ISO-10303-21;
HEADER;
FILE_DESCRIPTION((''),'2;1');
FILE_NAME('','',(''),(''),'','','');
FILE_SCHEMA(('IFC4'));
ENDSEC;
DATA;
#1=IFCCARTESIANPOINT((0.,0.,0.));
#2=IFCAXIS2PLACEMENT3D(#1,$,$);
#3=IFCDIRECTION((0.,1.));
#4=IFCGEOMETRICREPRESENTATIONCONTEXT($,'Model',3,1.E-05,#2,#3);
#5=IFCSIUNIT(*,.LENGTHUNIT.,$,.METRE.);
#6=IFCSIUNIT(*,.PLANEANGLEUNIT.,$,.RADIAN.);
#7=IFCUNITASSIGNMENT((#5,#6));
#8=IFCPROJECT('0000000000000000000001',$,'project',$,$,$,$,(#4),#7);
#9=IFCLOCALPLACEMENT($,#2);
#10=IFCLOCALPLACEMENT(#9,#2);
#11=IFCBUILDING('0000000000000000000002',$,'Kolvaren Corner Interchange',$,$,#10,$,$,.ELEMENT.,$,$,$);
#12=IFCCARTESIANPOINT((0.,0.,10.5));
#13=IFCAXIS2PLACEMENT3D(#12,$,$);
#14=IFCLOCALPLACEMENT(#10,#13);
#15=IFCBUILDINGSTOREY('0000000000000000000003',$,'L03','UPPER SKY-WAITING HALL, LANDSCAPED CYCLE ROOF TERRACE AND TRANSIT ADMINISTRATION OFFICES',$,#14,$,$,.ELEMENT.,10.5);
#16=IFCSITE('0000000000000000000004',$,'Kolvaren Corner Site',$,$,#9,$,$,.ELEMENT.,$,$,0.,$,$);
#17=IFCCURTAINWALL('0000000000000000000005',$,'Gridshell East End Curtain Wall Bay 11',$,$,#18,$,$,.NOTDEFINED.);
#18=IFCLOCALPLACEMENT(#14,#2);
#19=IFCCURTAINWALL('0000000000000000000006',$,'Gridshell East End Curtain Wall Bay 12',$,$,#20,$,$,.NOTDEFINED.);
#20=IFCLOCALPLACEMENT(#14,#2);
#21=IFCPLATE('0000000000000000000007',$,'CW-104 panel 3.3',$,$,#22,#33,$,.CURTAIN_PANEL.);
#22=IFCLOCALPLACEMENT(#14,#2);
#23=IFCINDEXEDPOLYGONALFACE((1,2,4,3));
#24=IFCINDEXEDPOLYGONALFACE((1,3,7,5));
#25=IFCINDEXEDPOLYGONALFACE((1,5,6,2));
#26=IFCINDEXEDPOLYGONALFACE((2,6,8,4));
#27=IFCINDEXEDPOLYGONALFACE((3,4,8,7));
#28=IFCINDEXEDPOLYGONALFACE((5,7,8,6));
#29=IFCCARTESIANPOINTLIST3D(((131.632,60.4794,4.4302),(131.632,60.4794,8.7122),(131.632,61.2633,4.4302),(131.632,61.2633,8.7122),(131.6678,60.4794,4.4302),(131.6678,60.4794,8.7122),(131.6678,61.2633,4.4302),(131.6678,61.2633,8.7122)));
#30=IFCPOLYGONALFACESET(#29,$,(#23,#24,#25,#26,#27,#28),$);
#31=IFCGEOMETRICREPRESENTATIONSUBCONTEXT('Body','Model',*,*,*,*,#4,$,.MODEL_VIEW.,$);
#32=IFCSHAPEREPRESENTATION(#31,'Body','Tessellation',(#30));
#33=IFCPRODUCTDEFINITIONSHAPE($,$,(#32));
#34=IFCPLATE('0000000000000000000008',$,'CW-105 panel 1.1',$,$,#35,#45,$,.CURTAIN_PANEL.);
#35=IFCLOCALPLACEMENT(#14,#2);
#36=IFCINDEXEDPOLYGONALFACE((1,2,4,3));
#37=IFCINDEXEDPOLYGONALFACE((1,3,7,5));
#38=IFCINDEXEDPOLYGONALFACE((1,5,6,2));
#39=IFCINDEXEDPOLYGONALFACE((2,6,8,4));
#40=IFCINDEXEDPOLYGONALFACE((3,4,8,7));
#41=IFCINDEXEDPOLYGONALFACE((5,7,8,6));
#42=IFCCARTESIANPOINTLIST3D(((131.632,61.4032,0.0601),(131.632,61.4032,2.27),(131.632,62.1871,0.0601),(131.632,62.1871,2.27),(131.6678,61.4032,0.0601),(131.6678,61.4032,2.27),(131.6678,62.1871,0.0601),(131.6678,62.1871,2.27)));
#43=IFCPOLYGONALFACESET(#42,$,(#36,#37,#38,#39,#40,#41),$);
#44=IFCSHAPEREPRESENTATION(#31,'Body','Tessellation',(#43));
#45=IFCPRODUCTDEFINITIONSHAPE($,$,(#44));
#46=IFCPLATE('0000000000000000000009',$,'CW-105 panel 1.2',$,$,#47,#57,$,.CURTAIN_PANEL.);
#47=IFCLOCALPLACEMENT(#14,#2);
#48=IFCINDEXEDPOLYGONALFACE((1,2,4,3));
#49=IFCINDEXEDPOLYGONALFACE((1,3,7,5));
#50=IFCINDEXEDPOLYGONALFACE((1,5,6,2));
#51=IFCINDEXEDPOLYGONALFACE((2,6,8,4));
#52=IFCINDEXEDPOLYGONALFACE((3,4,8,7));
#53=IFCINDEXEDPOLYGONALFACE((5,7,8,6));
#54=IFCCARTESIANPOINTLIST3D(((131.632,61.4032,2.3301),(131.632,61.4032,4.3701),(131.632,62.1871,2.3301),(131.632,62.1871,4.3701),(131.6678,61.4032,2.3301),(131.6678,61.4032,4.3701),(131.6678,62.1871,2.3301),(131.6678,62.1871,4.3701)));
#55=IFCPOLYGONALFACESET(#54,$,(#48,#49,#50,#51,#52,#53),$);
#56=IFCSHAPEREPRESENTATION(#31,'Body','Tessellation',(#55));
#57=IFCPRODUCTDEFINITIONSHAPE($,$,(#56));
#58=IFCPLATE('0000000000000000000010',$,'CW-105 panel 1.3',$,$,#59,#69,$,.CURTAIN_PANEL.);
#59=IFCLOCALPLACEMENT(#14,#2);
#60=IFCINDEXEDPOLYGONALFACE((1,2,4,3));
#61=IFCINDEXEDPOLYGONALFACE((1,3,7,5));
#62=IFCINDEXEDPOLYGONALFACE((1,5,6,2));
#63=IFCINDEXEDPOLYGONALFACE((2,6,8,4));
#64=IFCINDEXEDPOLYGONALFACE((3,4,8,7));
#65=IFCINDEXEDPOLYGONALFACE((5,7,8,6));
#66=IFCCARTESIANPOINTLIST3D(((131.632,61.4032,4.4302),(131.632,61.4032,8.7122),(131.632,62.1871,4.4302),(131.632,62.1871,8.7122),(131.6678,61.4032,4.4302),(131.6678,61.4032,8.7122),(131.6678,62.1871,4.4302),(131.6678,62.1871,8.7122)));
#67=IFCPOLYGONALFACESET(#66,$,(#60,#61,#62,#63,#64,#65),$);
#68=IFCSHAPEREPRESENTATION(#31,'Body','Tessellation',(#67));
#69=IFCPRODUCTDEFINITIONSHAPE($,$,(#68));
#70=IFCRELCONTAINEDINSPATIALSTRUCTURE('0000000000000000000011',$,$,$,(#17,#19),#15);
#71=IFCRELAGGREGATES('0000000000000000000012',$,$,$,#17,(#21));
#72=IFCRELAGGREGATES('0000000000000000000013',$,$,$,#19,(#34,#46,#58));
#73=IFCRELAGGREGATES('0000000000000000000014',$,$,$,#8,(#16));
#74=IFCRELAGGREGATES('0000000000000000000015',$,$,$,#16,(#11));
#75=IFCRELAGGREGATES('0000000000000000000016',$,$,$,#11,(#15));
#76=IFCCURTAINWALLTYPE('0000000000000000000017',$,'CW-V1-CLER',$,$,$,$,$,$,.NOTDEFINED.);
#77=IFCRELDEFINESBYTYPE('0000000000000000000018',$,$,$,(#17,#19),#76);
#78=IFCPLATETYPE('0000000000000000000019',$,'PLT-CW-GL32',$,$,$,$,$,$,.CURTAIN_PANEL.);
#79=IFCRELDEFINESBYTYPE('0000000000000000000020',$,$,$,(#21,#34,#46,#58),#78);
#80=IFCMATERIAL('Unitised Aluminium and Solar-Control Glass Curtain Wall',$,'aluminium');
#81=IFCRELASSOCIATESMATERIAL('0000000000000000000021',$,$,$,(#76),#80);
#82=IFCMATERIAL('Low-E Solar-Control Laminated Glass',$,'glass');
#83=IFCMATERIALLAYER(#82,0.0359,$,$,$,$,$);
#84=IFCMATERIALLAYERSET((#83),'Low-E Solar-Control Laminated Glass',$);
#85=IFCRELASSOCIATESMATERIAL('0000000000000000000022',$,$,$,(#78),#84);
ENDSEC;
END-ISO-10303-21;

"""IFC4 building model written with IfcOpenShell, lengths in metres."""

from ifc_helpers import new_model, si_unit, direction, frame, origin, origin_2d, place, context, subcontext, project, spatial, rectangle, extrude, material, layer, layer_set, type_object, element, aggregate, save


model = new_model("IFC4")

# Units and contexts
model_context = context("Model", 3, precision=1e-05, world=origin(), true_north=direction((0.0, 1.0)))
body_context = subcontext(model_context, "Body", "Model", "MODEL_VIEW")
ifc_project = project(units=[si_unit("LENGTHUNIT", "METRE"), si_unit("PLANEANGLEUNIT", "RADIAN")], contexts=[model_context])

# Site, building, storey
site_placement = place(None, origin())
site = spatial("IfcSite", under=ifc_project, at=site_placement, Name="Kolvaren Corner Site", CompositionType="ELEMENT", RefElevation=0.0)
building_placement = place(site_placement, origin())
building = spatial("IfcBuilding", under=site, at=building_placement, Name="Kolvaren Corner Interchange", CompositionType="ELEMENT")
storey_placement = place(building_placement, frame((0.0, 0.0, 10.5)))
storey = spatial("IfcBuildingStorey", under=building, at=storey_placement, Name="L03", Description="UPPER SKY-WAITING HALL, LANDSCAPED CYCLE ROOF TERRACE AND TRANSIT ADMINISTRATION OFFICES", CompositionType="ELEMENT", Elevation=10.5)

# Curtain walls
ifc_material_1 = material(Name="Unitised Aluminium and Solar-Control Glass Curtain Wall", Category="aluminium")
curtain_wall_type = type_object("IfcCurtainWallType", Name="CW-V1-CLER", PredefinedType="NOTDEFINED", material=ifc_material_1)
curtain_wall_1_placement = place(storey_placement, origin())
curtain_wall_1 = element("IfcCurtainWall", 1, at=curtain_wall_1_placement, inside=storey, type_object=curtain_wall_type, Name="Gridshell East End Curtain Wall Bay 11", PredefinedType="NOTDEFINED")
curtain_wall_2_placement = place(storey_placement, origin())
curtain_wall_2 = element("IfcCurtainWall", 2, at=curtain_wall_2_placement, inside=storey, type_object=curtain_wall_type, Name="Gridshell East End Curtain Wall Bay 12", PredefinedType="NOTDEFINED")

# Plates
ifc_material_2 = material(Name="Low-E Solar-Control Laminated Glass", Category="glass")
ifc_layer = layer(ifc_material_2, 0.0359)
ifc_layer_set = layer_set([ifc_layer], Name="Low-E Solar-Control Laminated Glass")
plate_type = type_object("IfcPlateType", Name="PLT-CW-GL32", PredefinedType="CURTAIN_PANEL", material=ifc_layer_set)
plate_1_placement = place(storey_placement, frame((131.6499, 60.8713, 4.4302), z_axis=(0.0, 0.0, 1.0), x_axis=(0.0, 1.0, 0.0)))
plate_1 = element("IfcPlate", 3, at=plate_1_placement, type_object=plate_type, Name="CW-104 panel 3.3", PredefinedType="CURTAIN_PANEL", context=body_context, shape_type="SweptSolid", body=[
    extrude(rectangle(XDim=0.7839, YDim=0.0359, at=origin_2d()), origin(), (0.0, 0.0, 1.0), 4.282),
])
aggregate(curtain_wall_1, [plate_1])
plate_2_placement = place(storey_placement, frame((131.6499, 61.7952, 0.0601), z_axis=(0.0, 0.0, 1.0), x_axis=(0.0, 1.0, 0.0)))
plate_2 = element("IfcPlate", 4, at=plate_2_placement, type_object=plate_type, Name="CW-105 panel 1.1", PredefinedType="CURTAIN_PANEL", context=body_context, shape_type="SweptSolid", body=[
    extrude(rectangle(XDim=0.7839, YDim=0.0359, at=origin_2d()), origin(), (0.0, 0.0, 1.0), 2.21),
])
plate_3_placement = place(storey_placement, frame((131.6499, 61.7952, 2.3301), z_axis=(0.0, 0.0, 1.0), x_axis=(0.0, 1.0, 0.0)))
plate_3 = element("IfcPlate", 5, at=plate_3_placement, type_object=plate_type, Name="CW-105 panel 1.2", PredefinedType="CURTAIN_PANEL", context=body_context, shape_type="SweptSolid", body=[
    extrude(rectangle(XDim=0.7839, YDim=0.0359, at=origin_2d()), origin(), (0.0, 0.0, 1.0), 2.04),
])
plate_4_placement = place(storey_placement, frame((131.6499, 61.7952, 4.4302), z_axis=(0.0, 0.0, 1.0), x_axis=(0.0, 1.0, 0.0)))
plate_4 = element("IfcPlate", 6, at=plate_4_placement, type_object=plate_type, Name="CW-105 panel 1.3", PredefinedType="CURTAIN_PANEL", context=body_context, shape_type="SweptSolid", body=[
    extrude(rectangle(XDim=0.7839, YDim=0.0359, at=origin_2d()), origin(), (0.0, 0.0, 1.0), 4.282),
])
aggregate(curtain_wall_2, [plate_2, plate_3, plate_4])

save(model, "model.ifc")
